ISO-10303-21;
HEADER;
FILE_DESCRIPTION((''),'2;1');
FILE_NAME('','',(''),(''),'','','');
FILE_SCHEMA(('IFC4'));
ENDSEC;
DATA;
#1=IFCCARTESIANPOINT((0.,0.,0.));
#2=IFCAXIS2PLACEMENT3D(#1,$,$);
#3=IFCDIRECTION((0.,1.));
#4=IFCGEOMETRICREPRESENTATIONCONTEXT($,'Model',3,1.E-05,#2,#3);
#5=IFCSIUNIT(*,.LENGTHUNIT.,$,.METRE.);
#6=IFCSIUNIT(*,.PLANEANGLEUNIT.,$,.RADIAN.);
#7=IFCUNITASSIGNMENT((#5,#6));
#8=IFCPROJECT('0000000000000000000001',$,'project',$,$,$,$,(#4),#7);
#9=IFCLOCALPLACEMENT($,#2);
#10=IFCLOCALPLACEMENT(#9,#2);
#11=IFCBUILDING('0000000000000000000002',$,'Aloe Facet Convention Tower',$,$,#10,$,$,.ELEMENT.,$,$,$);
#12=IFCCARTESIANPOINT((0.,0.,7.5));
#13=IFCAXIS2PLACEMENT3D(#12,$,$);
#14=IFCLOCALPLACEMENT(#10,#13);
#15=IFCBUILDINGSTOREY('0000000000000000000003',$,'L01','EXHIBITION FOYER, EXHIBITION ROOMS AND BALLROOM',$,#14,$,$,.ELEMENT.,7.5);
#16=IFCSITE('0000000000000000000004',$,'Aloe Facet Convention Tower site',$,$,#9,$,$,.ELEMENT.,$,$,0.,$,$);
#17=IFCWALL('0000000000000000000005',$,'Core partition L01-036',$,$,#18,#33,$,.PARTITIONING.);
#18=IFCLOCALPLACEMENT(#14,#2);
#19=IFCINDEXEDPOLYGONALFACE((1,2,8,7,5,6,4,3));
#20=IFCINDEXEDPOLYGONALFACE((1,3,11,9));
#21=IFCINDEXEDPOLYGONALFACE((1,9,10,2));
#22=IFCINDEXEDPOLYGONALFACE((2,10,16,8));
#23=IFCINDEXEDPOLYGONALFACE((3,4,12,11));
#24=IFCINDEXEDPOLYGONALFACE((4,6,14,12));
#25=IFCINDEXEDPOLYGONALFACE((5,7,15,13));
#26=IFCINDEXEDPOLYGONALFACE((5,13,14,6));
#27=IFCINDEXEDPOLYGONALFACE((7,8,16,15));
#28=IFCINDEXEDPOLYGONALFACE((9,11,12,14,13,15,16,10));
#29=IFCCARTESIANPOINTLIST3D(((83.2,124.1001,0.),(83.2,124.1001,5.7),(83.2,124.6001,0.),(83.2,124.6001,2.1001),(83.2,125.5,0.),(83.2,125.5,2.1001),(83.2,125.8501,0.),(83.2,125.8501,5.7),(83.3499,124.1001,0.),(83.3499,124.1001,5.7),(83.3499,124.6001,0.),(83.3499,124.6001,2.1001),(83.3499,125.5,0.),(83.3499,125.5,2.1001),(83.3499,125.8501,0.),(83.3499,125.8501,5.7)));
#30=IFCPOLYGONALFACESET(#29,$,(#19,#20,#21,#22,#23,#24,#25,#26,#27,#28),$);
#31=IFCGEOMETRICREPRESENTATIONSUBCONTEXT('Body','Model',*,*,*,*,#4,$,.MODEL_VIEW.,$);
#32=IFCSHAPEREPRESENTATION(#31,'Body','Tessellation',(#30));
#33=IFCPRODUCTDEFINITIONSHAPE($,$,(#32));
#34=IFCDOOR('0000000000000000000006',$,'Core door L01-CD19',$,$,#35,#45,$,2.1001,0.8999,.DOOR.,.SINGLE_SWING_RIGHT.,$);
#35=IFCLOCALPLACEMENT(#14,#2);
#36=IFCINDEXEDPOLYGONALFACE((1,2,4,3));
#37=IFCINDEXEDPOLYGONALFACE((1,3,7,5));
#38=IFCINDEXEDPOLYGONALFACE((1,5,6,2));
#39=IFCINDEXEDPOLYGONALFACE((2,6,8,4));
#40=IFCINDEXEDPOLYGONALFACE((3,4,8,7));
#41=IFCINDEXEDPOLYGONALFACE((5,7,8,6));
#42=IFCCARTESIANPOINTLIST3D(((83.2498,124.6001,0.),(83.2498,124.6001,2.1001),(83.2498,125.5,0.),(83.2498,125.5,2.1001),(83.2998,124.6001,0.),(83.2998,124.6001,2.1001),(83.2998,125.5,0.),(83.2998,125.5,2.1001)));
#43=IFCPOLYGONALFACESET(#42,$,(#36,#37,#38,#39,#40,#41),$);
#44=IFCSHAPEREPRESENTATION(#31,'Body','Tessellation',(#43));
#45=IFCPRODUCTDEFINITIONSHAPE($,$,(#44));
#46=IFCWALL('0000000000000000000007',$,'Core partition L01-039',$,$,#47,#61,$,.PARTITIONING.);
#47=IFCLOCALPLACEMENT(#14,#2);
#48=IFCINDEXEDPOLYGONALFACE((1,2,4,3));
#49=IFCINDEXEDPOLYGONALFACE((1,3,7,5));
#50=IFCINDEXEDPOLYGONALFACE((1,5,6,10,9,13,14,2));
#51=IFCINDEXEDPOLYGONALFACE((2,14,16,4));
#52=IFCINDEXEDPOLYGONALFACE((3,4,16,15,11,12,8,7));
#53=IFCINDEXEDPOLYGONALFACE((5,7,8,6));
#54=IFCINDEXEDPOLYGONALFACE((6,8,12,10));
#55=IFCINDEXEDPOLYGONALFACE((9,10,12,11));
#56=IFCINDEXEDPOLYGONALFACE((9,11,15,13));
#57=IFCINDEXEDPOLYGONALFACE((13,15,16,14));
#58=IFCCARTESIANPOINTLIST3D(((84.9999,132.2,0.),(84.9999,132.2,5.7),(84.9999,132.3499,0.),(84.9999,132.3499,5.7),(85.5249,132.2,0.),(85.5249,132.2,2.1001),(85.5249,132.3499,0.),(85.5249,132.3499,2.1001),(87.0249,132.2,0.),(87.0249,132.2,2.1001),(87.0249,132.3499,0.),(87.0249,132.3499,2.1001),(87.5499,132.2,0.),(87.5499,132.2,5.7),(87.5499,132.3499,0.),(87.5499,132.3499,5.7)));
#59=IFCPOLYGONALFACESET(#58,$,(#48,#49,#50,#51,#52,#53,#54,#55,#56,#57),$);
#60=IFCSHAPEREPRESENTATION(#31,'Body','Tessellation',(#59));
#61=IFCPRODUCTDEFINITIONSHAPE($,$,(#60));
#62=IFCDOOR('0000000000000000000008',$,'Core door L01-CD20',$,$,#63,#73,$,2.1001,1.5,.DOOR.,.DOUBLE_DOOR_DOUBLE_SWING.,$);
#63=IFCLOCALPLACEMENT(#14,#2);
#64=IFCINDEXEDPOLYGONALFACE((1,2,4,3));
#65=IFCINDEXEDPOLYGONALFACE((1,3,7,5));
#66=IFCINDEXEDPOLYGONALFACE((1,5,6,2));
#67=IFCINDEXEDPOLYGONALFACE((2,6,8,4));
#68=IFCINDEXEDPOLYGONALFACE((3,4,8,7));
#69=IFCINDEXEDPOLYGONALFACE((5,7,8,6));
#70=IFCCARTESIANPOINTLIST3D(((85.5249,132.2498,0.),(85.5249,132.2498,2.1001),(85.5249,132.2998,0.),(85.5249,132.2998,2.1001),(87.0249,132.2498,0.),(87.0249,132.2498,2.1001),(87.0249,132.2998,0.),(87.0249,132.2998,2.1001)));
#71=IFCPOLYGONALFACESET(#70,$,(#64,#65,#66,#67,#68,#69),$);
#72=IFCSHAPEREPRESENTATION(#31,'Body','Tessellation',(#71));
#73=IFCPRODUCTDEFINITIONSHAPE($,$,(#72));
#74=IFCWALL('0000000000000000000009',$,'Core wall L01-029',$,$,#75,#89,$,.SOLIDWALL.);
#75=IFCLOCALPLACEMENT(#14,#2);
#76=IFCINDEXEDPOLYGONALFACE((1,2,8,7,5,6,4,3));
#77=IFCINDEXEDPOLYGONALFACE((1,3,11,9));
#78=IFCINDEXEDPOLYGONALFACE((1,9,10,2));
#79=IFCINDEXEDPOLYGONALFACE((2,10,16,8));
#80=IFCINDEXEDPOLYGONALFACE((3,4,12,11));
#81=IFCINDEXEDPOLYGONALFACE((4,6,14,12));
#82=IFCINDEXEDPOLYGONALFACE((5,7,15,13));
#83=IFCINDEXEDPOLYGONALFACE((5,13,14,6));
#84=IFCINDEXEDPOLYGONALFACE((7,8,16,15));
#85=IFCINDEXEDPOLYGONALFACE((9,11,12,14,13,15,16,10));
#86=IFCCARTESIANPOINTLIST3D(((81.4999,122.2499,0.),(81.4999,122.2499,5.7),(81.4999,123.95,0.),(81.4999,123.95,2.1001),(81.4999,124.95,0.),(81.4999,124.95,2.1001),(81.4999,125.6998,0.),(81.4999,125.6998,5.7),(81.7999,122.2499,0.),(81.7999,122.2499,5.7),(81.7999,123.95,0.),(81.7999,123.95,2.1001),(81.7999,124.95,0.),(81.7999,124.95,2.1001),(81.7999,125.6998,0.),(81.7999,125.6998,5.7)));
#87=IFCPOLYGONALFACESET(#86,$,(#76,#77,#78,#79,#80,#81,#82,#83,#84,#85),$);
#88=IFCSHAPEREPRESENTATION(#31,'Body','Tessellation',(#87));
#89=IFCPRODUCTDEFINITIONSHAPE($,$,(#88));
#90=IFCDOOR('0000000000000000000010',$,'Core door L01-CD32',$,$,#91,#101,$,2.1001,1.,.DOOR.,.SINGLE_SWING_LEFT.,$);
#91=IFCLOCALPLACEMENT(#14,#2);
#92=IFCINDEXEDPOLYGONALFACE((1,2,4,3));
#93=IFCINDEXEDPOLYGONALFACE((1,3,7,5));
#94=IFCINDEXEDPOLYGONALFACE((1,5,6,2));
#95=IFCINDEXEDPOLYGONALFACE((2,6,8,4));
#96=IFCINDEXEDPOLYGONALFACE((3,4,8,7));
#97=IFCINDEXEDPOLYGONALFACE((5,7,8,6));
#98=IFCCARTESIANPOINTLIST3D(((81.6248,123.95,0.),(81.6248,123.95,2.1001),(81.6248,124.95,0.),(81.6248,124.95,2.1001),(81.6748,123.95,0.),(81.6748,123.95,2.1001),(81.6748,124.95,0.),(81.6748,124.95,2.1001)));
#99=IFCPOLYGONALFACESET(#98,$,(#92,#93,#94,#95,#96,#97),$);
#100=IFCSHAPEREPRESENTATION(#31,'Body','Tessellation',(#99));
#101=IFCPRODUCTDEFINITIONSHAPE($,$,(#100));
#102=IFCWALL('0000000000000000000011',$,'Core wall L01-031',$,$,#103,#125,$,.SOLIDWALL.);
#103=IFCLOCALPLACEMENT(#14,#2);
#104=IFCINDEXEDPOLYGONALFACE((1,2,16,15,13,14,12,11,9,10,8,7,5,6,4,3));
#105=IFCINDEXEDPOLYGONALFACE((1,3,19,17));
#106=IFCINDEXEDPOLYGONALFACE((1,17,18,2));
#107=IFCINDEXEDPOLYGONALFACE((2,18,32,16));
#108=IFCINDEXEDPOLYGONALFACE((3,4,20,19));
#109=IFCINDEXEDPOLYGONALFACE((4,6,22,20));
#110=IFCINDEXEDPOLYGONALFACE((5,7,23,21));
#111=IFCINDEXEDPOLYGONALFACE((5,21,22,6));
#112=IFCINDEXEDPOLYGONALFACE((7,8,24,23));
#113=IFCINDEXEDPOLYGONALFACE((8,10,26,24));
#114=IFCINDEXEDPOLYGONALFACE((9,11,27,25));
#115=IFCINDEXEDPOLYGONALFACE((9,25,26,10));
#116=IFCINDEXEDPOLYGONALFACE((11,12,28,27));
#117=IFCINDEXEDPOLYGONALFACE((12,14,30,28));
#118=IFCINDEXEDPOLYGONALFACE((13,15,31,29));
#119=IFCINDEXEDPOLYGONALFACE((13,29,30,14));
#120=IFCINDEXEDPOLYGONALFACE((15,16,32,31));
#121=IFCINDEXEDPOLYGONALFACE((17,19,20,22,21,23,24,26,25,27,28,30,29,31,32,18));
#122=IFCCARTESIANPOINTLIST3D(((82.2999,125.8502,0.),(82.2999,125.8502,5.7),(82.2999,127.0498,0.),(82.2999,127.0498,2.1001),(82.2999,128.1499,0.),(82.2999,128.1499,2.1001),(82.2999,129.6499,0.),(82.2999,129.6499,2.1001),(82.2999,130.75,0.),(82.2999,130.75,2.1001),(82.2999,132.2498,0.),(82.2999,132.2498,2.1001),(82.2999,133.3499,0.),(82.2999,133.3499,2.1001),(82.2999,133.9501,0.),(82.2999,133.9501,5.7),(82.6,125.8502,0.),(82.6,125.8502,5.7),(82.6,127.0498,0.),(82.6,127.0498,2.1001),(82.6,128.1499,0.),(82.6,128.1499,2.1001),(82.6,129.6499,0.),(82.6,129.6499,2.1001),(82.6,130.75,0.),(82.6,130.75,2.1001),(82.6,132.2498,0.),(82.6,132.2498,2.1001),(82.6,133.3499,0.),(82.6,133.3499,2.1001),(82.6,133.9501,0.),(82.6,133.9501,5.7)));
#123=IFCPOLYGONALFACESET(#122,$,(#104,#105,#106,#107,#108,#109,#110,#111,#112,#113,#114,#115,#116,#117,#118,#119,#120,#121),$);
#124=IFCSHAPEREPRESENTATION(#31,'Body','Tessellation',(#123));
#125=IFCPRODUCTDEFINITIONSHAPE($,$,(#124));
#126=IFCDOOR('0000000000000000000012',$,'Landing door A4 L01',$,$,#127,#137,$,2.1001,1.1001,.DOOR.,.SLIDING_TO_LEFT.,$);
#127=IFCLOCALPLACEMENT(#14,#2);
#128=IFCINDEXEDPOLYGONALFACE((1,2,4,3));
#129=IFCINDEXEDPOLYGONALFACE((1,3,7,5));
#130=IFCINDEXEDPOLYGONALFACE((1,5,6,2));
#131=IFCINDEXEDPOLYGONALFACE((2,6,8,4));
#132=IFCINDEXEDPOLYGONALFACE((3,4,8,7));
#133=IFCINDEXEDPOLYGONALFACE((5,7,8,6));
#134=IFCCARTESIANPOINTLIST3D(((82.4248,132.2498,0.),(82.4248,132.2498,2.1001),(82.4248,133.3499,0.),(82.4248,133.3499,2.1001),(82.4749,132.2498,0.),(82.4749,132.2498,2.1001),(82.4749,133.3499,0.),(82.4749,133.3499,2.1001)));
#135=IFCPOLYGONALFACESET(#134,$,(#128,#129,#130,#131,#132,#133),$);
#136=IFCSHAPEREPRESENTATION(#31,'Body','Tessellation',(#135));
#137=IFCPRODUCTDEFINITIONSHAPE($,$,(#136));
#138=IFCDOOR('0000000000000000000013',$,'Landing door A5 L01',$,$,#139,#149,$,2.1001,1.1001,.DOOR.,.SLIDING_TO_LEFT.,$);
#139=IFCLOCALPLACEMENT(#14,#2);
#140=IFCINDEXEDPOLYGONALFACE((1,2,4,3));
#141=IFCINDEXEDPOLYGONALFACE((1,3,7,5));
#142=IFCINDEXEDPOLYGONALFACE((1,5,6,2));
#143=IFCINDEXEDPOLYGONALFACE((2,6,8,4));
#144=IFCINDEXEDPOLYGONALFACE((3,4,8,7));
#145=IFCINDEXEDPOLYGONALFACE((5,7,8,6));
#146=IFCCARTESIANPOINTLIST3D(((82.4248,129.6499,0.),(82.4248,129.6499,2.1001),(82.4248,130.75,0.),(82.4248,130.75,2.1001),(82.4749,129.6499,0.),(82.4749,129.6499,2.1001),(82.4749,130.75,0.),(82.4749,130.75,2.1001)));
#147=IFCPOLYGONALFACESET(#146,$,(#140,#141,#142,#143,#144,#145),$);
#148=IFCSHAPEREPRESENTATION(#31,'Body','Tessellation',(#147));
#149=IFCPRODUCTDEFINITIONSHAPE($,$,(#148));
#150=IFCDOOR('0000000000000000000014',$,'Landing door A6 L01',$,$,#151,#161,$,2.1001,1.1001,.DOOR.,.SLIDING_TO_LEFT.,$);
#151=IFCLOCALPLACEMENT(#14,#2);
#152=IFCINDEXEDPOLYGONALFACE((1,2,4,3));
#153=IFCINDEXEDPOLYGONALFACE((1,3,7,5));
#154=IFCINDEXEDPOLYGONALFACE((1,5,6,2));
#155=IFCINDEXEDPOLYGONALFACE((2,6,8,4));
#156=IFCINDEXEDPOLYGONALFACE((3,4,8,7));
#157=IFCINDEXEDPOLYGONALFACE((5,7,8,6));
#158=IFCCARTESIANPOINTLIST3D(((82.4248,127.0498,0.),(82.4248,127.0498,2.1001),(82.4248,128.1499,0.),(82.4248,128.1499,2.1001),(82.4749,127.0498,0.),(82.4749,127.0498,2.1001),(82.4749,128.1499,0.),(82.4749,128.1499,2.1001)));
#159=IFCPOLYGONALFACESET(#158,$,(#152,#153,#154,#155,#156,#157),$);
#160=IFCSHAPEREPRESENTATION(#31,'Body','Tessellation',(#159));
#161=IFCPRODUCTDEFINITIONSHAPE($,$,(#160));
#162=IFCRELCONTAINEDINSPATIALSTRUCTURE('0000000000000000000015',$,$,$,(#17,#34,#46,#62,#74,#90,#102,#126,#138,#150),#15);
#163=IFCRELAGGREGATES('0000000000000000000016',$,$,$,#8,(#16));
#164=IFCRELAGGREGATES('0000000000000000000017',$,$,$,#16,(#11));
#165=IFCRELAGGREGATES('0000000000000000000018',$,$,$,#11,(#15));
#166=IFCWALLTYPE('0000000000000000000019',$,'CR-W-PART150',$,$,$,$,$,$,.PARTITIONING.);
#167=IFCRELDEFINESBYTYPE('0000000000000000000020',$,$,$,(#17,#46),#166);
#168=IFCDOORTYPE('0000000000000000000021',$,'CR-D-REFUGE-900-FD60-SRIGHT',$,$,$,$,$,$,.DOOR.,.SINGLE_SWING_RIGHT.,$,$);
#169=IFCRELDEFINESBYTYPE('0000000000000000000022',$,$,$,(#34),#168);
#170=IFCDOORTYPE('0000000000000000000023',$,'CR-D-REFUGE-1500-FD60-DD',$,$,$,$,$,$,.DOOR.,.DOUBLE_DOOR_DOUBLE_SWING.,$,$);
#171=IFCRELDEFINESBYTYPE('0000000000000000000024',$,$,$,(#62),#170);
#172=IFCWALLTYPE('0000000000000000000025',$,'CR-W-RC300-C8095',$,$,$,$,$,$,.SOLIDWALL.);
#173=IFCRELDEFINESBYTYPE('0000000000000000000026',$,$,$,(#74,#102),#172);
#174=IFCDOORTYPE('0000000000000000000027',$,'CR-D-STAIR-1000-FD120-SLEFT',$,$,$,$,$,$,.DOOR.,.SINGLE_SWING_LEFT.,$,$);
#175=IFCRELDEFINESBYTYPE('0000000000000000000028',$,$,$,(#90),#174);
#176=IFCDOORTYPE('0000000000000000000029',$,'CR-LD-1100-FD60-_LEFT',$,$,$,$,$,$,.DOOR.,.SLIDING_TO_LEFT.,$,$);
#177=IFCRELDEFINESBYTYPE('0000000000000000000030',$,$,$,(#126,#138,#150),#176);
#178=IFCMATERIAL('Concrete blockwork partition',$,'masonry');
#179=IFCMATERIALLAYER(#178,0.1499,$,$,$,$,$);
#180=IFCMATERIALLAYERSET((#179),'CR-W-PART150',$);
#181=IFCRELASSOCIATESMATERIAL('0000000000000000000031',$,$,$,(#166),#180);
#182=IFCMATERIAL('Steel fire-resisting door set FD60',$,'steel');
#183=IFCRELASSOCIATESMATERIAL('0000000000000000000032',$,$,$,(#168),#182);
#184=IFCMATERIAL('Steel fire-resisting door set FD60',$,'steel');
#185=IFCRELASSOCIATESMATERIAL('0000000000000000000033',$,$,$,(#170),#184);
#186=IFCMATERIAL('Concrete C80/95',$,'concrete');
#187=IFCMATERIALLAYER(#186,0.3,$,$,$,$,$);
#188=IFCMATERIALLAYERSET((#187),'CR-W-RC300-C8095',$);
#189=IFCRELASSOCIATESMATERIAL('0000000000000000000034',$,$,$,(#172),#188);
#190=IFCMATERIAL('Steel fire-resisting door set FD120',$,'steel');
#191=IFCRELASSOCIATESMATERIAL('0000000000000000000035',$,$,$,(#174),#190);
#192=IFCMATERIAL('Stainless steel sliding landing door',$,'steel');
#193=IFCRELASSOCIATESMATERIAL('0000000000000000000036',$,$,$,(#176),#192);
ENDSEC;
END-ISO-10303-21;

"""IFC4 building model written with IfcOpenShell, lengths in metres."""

from ifc_helpers import new_model, si_unit, direction, frame, frame_2d, origin, place, context, subcontext, project, spatial, rectangle, extrude, material, layer, layer_set, type_object, element, fill, save


model = new_model("IFC4")

# Units and contexts
model_context = context("Model", 3, precision=1e-05, world=origin(), true_north=direction((0.0, 1.0)))
body_context = subcontext(model_context, "Body", "Model", "MODEL_VIEW")
ifc_project = project(units=[si_unit("LENGTHUNIT", "METRE"), si_unit("PLANEANGLEUNIT", "RADIAN")], contexts=[model_context])

# Site, building, storey
site_placement = place(None, origin())
site = spatial("IfcSite", under=ifc_project, at=site_placement, Name="Aloe Facet Convention Tower site", CompositionType="ELEMENT", RefElevation=0.0)
building_placement = place(site_placement, origin())
building = spatial("IfcBuilding", under=site, at=building_placement, Name="Aloe Facet Convention Tower", CompositionType="ELEMENT")
storey_placement = place(building_placement, frame((0.0, 0.0, 7.5)))
storey = spatial("IfcBuildingStorey", under=building, at=storey_placement, Name="L01", Description="EXHIBITION FOYER, EXHIBITION ROOMS AND BALLROOM", CompositionType="ELEMENT", Elevation=7.5)

# Walls, openings, doors
ifc_material_1 = material(Name="Concrete blockwork partition", Category="masonry")
ifc_layer_1 = layer(ifc_material_1, 0.1499)
ifc_layer_set_1 = layer_set([ifc_layer_1], Name="CR-W-PART150")
wall_type_1 = type_object("IfcWallType", Name="CR-W-PART150", PredefinedType="PARTITIONING", material=ifc_layer_set_1)
wall_1_placement = place(storey_placement, frame((83.2749, 125.8501, 0.0), z_axis=(0.0, 0.0, 1.0), x_axis=(0.0, -1.0, 0.0)))
wall_1 = element("IfcWall", 1, at=wall_1_placement, inside=storey, type_object=wall_type_1, Name="Core partition L01-036", PredefinedType="PARTITIONING", context=body_context, shape_type="SweptSolid", body=[
    extrude(rectangle(XDim=1.75, YDim=0.1499, at=frame_2d((0.875, 0.0))), origin(), (0.0, 0.0, 1.0), 5.7),
])
opening_1_placement = place(wall_1_placement, frame((0.3501, 0.0, 0.0)))
opening_1 = element("IfcOpeningElement", 2, at=opening_1_placement, cuts=wall_1, PredefinedType="OPENING", context=body_context, shape_type="SweptSolid", body=[
    extrude(rectangle(XDim=0.8999, YDim=2.1001, at=frame_2d((0.45, 1.05))), frame((0.0, 0.085, 0.0), z_axis=(0.0, -1.0, 0.0), x_axis=(1.0, 0.0, 0.0)), (0.0, 0.0, 1.0), 0.1699),
])
ifc_material_2 = material(Name="Steel fire-resisting door set FD60", Category="steel")
door_type_1 = type_object("IfcDoorType", Name="CR-D-REFUGE-900-FD60-SRIGHT", OperationType="SINGLE_SWING_RIGHT", PredefinedType="DOOR", material=ifc_material_2)
door_1_placement = place(opening_1_placement, origin())
door_1 = element("IfcDoor", 3, at=door_1_placement, inside=storey, type_object=door_type_1, Name="Core door L01-CD19", OperationType="SINGLE_SWING_RIGHT", OverallHeight=2.1001, OverallWidth=0.8999, PredefinedType="DOOR", context=body_context, shape_type="SweptSolid", body=[
    extrude(rectangle(XDim=0.8999, YDim=2.1001, at=frame_2d((0.45, 1.05))), frame((0.0, 0.0249, 0.0), z_axis=(0.0, -1.0, 0.0), x_axis=(1.0, 0.0, 0.0)), (0.0, 0.0, 1.0), 0.05),
])
fill(opening_1, door_1)
wall_2_placement = place(storey_placement, frame((85.0, 132.2749, 0.0), z_axis=(0.0, 0.0, 1.0), x_axis=(1.0, 0.0, 0.0)))
wall_2 = element("IfcWall", 4, at=wall_2_placement, inside=storey, type_object=wall_type_1, Name="Core partition L01-039", PredefinedType="PARTITIONING", context=body_context, shape_type="SweptSolid", body=[
    extrude(rectangle(XDim=2.55, YDim=0.1499, at=frame_2d((1.2749, 0.0))), origin(), (0.0, 0.0, 1.0), 5.7),
])
opening_2_placement = place(wall_2_placement, frame((0.5249, 0.0, 0.0)))
opening_2 = element("IfcOpeningElement", 5, at=opening_2_placement, cuts=wall_2, PredefinedType="OPENING", context=body_context, shape_type="SweptSolid", body=[
    extrude(rectangle(XDim=1.5, YDim=2.1001, at=frame_2d((0.75, 1.05))), frame((0.0, 0.085, 0.0), z_axis=(0.0, -1.0, 0.0), x_axis=(1.0, 0.0, 0.0)), (0.0, 0.0, 1.0), 0.1699),
])
ifc_material_3 = material(Name="Steel fire-resisting door set FD60", Category="steel")
door_type_2 = type_object("IfcDoorType", Name="CR-D-REFUGE-1500-FD60-DD", OperationType="DOUBLE_DOOR_DOUBLE_SWING", PredefinedType="DOOR", material=ifc_material_3)
door_2_placement = place(opening_2_placement, origin())
door_2 = element("IfcDoor", 6, at=door_2_placement, inside=storey, type_object=door_type_2, Name="Core door L01-CD20", OperationType="DOUBLE_DOOR_DOUBLE_SWING", OverallHeight=2.1001, OverallWidth=1.5, PredefinedType="DOOR", context=body_context, shape_type="SweptSolid", body=[
    extrude(rectangle(XDim=1.5, YDim=2.1001, at=frame_2d((0.75, 1.05))), frame((0.0, 0.0249, 0.0), z_axis=(0.0, -1.0, 0.0), x_axis=(1.0, 0.0, 0.0)), (0.0, 0.0, 1.0), 0.05),
])
fill(opening_2, door_2)
ifc_material_4 = material(Name="Concrete C80/95", Category="concrete")
ifc_layer_2 = layer(ifc_material_4, 0.3)
ifc_layer_set_2 = layer_set([ifc_layer_2], Name="CR-W-RC300-C8095")
wall_type_2 = type_object("IfcWallType", Name="CR-W-RC300-C8095", PredefinedType="SOLIDWALL", material=ifc_layer_set_2)
wall_3_placement = place(storey_placement, frame((81.6499, 125.7, 0.0), z_axis=(0.0, 0.0, 1.0), x_axis=(0.0, -1.0, 0.0)))
wall_3 = element("IfcWall", 7, at=wall_3_placement, inside=storey, type_object=wall_type_2, Name="Core wall L01-029", PredefinedType="SOLIDWALL", context=body_context, shape_type="SweptSolid", body=[
    extrude(rectangle(XDim=3.45, YDim=0.3, at=frame_2d((1.7251, 0.0))), origin(), (0.0, 0.0, 1.0), 5.7),
])
opening_3_placement = place(wall_3_placement, frame((0.75, 0.0, 0.0)))
opening_3 = element("IfcOpeningElement", 8, at=opening_3_placement, cuts=wall_3, PredefinedType="OPENING", context=body_context, shape_type="SweptSolid", body=[
    extrude(rectangle(XDim=1.0, YDim=2.1001, at=frame_2d((0.5, 1.05))), frame((0.0, 0.1602, 0.0), z_axis=(0.0, -1.0, 0.0), x_axis=(1.0, 0.0, 0.0)), (0.0, 0.0, 1.0), 0.3201),
])
ifc_material_5 = material(Name="Steel fire-resisting door set FD120", Category="steel")
door_type_3 = type_object("IfcDoorType", Name="CR-D-STAIR-1000-FD120-SLEFT", OperationType="SINGLE_SWING_LEFT", PredefinedType="DOOR", material=ifc_material_5)
door_3_placement = place(opening_3_placement, origin())
door_3 = element("IfcDoor", 9, at=door_3_placement, inside=storey, type_object=door_type_3, Name="Core door L01-CD32", OperationType="SINGLE_SWING_LEFT", OverallHeight=2.1001, OverallWidth=1.0, PredefinedType="DOOR", context=body_context, shape_type="SweptSolid", body=[
    extrude(rectangle(XDim=1.0, YDim=2.1001, at=frame_2d((0.5, 1.05))), frame((0.0, 0.0249, 0.0), z_axis=(0.0, -1.0, 0.0), x_axis=(1.0, 0.0, 0.0)), (0.0, 0.0, 1.0), 0.05),
])
fill(opening_3, door_3)

# Wall, openings, doors
wall_4_placement = place(storey_placement, frame((82.45, 133.95, 0.0), z_axis=(0.0, 0.0, 1.0), x_axis=(0.0, -1.0, 0.0)))
wall_4 = element("IfcWall", 10, at=wall_4_placement, inside=storey, type_object=wall_type_2, Name="Core wall L01-031", PredefinedType="SOLIDWALL", context=body_context, shape_type="SweptSolid", body=[
    extrude(rectangle(XDim=8.0999, YDim=0.3, at=frame_2d((4.0498, 0.0))), origin(), (0.0, 0.0, 1.0), 5.7),
])
opening_4_placement = place(wall_4_placement, frame((0.6001, 0.0, 0.0)))
opening_4 = element("IfcOpeningElement", 11, at=opening_4_placement, cuts=wall_4, PredefinedType="OPENING", context=body_context, shape_type="SweptSolid", body=[
    extrude(rectangle(XDim=1.1001, YDim=2.1001, at=frame_2d((0.55, 1.05))), frame((0.0, 0.1602, 0.0), z_axis=(0.0, -1.0, 0.0), x_axis=(1.0, 0.0, 0.0)), (0.0, 0.0, 1.0), 0.3201),
])
opening_5_placement = place(wall_4_placement, frame((3.2, 0.0, 0.0)))
opening_5 = element("IfcOpeningElement", 12, at=opening_5_placement, cuts=wall_4, PredefinedType="OPENING", context=body_context, shape_type="SweptSolid", body=[
    extrude(rectangle(XDim=1.1001, YDim=2.1001, at=frame_2d((0.55, 1.05))), frame((0.0, 0.1602, 0.0), z_axis=(0.0, -1.0, 0.0), x_axis=(1.0, 0.0, 0.0)), (0.0, 0.0, 1.0), 0.3201),
])
opening_6_placement = place(wall_4_placement, frame((5.8, 0.0, 0.0)))
opening_6 = element("IfcOpeningElement", 13, at=opening_6_placement, cuts=wall_4, PredefinedType="OPENING", context=body_context, shape_type="SweptSolid", body=[
    extrude(rectangle(XDim=1.1001, YDim=2.1001, at=frame_2d((0.55, 1.05))), frame((0.0, 0.1602, 0.0), z_axis=(0.0, -1.0, 0.0), x_axis=(1.0, 0.0, 0.0)), (0.0, 0.0, 1.0), 0.3201),
])
ifc_material_6 = material(Name="Stainless steel sliding landing door", Category="steel")
door_type_4 = type_object("IfcDoorType", Name="CR-LD-1100-FD60-_LEFT", OperationType="SLIDING_TO_LEFT", PredefinedType="DOOR", material=ifc_material_6)
door_4_placement = place(opening_4_placement, origin())
door_4 = element("IfcDoor", 14, at=door_4_placement, inside=storey, type_object=door_type_4, Name="Landing door A4 L01", OperationType="SLIDING_TO_LEFT", OverallHeight=2.1001, OverallWidth=1.1001, PredefinedType="DOOR", context=body_context, shape_type="SweptSolid", body=[
    extrude(rectangle(XDim=1.1001, YDim=2.1001, at=frame_2d((0.55, 1.05))), frame((0.0, 0.0249, 0.0), z_axis=(0.0, -1.0, 0.0), x_axis=(1.0, 0.0, 0.0)), (0.0, 0.0, 1.0), 0.05),
])
fill(opening_4, door_4)
door_5_placement = place(opening_5_placement, origin())
door_5 = element("IfcDoor", 15, at=door_5_placement, inside=storey, type_object=door_type_4, Name="Landing door A5 L01", OperationType="SLIDING_TO_LEFT", OverallHeight=2.1001, OverallWidth=1.1001, PredefinedType="DOOR", context=body_context, shape_type="SweptSolid", body=[
    extrude(rectangle(XDim=1.1001, YDim=2.1001, at=frame_2d((0.55, 1.05))), frame((0.0, 0.0249, 0.0), z_axis=(0.0, -1.0, 0.0), x_axis=(1.0, 0.0, 0.0)), (0.0, 0.0, 1.0), 0.05),
])
fill(opening_5, door_5)
door_6_placement = place(opening_6_placement, origin())
door_6 = element("IfcDoor", 16, at=door_6_placement, inside=storey, type_object=door_type_4, Name="Landing door A6 L01", OperationType="SLIDING_TO_LEFT", OverallHeight=2.1001, OverallWidth=1.1001, PredefinedType="DOOR", context=body_context, shape_type="SweptSolid", body=[
    extrude(rectangle(XDim=1.1001, YDim=2.1001, at=frame_2d((0.55, 1.05))), frame((0.0, 0.0249, 0.0), z_axis=(0.0, -1.0, 0.0), x_axis=(1.0, 0.0, 0.0)), (0.0, 0.0, 1.0), 0.05),
])
fill(opening_6, door_6)

save(model, "model.ifc")
